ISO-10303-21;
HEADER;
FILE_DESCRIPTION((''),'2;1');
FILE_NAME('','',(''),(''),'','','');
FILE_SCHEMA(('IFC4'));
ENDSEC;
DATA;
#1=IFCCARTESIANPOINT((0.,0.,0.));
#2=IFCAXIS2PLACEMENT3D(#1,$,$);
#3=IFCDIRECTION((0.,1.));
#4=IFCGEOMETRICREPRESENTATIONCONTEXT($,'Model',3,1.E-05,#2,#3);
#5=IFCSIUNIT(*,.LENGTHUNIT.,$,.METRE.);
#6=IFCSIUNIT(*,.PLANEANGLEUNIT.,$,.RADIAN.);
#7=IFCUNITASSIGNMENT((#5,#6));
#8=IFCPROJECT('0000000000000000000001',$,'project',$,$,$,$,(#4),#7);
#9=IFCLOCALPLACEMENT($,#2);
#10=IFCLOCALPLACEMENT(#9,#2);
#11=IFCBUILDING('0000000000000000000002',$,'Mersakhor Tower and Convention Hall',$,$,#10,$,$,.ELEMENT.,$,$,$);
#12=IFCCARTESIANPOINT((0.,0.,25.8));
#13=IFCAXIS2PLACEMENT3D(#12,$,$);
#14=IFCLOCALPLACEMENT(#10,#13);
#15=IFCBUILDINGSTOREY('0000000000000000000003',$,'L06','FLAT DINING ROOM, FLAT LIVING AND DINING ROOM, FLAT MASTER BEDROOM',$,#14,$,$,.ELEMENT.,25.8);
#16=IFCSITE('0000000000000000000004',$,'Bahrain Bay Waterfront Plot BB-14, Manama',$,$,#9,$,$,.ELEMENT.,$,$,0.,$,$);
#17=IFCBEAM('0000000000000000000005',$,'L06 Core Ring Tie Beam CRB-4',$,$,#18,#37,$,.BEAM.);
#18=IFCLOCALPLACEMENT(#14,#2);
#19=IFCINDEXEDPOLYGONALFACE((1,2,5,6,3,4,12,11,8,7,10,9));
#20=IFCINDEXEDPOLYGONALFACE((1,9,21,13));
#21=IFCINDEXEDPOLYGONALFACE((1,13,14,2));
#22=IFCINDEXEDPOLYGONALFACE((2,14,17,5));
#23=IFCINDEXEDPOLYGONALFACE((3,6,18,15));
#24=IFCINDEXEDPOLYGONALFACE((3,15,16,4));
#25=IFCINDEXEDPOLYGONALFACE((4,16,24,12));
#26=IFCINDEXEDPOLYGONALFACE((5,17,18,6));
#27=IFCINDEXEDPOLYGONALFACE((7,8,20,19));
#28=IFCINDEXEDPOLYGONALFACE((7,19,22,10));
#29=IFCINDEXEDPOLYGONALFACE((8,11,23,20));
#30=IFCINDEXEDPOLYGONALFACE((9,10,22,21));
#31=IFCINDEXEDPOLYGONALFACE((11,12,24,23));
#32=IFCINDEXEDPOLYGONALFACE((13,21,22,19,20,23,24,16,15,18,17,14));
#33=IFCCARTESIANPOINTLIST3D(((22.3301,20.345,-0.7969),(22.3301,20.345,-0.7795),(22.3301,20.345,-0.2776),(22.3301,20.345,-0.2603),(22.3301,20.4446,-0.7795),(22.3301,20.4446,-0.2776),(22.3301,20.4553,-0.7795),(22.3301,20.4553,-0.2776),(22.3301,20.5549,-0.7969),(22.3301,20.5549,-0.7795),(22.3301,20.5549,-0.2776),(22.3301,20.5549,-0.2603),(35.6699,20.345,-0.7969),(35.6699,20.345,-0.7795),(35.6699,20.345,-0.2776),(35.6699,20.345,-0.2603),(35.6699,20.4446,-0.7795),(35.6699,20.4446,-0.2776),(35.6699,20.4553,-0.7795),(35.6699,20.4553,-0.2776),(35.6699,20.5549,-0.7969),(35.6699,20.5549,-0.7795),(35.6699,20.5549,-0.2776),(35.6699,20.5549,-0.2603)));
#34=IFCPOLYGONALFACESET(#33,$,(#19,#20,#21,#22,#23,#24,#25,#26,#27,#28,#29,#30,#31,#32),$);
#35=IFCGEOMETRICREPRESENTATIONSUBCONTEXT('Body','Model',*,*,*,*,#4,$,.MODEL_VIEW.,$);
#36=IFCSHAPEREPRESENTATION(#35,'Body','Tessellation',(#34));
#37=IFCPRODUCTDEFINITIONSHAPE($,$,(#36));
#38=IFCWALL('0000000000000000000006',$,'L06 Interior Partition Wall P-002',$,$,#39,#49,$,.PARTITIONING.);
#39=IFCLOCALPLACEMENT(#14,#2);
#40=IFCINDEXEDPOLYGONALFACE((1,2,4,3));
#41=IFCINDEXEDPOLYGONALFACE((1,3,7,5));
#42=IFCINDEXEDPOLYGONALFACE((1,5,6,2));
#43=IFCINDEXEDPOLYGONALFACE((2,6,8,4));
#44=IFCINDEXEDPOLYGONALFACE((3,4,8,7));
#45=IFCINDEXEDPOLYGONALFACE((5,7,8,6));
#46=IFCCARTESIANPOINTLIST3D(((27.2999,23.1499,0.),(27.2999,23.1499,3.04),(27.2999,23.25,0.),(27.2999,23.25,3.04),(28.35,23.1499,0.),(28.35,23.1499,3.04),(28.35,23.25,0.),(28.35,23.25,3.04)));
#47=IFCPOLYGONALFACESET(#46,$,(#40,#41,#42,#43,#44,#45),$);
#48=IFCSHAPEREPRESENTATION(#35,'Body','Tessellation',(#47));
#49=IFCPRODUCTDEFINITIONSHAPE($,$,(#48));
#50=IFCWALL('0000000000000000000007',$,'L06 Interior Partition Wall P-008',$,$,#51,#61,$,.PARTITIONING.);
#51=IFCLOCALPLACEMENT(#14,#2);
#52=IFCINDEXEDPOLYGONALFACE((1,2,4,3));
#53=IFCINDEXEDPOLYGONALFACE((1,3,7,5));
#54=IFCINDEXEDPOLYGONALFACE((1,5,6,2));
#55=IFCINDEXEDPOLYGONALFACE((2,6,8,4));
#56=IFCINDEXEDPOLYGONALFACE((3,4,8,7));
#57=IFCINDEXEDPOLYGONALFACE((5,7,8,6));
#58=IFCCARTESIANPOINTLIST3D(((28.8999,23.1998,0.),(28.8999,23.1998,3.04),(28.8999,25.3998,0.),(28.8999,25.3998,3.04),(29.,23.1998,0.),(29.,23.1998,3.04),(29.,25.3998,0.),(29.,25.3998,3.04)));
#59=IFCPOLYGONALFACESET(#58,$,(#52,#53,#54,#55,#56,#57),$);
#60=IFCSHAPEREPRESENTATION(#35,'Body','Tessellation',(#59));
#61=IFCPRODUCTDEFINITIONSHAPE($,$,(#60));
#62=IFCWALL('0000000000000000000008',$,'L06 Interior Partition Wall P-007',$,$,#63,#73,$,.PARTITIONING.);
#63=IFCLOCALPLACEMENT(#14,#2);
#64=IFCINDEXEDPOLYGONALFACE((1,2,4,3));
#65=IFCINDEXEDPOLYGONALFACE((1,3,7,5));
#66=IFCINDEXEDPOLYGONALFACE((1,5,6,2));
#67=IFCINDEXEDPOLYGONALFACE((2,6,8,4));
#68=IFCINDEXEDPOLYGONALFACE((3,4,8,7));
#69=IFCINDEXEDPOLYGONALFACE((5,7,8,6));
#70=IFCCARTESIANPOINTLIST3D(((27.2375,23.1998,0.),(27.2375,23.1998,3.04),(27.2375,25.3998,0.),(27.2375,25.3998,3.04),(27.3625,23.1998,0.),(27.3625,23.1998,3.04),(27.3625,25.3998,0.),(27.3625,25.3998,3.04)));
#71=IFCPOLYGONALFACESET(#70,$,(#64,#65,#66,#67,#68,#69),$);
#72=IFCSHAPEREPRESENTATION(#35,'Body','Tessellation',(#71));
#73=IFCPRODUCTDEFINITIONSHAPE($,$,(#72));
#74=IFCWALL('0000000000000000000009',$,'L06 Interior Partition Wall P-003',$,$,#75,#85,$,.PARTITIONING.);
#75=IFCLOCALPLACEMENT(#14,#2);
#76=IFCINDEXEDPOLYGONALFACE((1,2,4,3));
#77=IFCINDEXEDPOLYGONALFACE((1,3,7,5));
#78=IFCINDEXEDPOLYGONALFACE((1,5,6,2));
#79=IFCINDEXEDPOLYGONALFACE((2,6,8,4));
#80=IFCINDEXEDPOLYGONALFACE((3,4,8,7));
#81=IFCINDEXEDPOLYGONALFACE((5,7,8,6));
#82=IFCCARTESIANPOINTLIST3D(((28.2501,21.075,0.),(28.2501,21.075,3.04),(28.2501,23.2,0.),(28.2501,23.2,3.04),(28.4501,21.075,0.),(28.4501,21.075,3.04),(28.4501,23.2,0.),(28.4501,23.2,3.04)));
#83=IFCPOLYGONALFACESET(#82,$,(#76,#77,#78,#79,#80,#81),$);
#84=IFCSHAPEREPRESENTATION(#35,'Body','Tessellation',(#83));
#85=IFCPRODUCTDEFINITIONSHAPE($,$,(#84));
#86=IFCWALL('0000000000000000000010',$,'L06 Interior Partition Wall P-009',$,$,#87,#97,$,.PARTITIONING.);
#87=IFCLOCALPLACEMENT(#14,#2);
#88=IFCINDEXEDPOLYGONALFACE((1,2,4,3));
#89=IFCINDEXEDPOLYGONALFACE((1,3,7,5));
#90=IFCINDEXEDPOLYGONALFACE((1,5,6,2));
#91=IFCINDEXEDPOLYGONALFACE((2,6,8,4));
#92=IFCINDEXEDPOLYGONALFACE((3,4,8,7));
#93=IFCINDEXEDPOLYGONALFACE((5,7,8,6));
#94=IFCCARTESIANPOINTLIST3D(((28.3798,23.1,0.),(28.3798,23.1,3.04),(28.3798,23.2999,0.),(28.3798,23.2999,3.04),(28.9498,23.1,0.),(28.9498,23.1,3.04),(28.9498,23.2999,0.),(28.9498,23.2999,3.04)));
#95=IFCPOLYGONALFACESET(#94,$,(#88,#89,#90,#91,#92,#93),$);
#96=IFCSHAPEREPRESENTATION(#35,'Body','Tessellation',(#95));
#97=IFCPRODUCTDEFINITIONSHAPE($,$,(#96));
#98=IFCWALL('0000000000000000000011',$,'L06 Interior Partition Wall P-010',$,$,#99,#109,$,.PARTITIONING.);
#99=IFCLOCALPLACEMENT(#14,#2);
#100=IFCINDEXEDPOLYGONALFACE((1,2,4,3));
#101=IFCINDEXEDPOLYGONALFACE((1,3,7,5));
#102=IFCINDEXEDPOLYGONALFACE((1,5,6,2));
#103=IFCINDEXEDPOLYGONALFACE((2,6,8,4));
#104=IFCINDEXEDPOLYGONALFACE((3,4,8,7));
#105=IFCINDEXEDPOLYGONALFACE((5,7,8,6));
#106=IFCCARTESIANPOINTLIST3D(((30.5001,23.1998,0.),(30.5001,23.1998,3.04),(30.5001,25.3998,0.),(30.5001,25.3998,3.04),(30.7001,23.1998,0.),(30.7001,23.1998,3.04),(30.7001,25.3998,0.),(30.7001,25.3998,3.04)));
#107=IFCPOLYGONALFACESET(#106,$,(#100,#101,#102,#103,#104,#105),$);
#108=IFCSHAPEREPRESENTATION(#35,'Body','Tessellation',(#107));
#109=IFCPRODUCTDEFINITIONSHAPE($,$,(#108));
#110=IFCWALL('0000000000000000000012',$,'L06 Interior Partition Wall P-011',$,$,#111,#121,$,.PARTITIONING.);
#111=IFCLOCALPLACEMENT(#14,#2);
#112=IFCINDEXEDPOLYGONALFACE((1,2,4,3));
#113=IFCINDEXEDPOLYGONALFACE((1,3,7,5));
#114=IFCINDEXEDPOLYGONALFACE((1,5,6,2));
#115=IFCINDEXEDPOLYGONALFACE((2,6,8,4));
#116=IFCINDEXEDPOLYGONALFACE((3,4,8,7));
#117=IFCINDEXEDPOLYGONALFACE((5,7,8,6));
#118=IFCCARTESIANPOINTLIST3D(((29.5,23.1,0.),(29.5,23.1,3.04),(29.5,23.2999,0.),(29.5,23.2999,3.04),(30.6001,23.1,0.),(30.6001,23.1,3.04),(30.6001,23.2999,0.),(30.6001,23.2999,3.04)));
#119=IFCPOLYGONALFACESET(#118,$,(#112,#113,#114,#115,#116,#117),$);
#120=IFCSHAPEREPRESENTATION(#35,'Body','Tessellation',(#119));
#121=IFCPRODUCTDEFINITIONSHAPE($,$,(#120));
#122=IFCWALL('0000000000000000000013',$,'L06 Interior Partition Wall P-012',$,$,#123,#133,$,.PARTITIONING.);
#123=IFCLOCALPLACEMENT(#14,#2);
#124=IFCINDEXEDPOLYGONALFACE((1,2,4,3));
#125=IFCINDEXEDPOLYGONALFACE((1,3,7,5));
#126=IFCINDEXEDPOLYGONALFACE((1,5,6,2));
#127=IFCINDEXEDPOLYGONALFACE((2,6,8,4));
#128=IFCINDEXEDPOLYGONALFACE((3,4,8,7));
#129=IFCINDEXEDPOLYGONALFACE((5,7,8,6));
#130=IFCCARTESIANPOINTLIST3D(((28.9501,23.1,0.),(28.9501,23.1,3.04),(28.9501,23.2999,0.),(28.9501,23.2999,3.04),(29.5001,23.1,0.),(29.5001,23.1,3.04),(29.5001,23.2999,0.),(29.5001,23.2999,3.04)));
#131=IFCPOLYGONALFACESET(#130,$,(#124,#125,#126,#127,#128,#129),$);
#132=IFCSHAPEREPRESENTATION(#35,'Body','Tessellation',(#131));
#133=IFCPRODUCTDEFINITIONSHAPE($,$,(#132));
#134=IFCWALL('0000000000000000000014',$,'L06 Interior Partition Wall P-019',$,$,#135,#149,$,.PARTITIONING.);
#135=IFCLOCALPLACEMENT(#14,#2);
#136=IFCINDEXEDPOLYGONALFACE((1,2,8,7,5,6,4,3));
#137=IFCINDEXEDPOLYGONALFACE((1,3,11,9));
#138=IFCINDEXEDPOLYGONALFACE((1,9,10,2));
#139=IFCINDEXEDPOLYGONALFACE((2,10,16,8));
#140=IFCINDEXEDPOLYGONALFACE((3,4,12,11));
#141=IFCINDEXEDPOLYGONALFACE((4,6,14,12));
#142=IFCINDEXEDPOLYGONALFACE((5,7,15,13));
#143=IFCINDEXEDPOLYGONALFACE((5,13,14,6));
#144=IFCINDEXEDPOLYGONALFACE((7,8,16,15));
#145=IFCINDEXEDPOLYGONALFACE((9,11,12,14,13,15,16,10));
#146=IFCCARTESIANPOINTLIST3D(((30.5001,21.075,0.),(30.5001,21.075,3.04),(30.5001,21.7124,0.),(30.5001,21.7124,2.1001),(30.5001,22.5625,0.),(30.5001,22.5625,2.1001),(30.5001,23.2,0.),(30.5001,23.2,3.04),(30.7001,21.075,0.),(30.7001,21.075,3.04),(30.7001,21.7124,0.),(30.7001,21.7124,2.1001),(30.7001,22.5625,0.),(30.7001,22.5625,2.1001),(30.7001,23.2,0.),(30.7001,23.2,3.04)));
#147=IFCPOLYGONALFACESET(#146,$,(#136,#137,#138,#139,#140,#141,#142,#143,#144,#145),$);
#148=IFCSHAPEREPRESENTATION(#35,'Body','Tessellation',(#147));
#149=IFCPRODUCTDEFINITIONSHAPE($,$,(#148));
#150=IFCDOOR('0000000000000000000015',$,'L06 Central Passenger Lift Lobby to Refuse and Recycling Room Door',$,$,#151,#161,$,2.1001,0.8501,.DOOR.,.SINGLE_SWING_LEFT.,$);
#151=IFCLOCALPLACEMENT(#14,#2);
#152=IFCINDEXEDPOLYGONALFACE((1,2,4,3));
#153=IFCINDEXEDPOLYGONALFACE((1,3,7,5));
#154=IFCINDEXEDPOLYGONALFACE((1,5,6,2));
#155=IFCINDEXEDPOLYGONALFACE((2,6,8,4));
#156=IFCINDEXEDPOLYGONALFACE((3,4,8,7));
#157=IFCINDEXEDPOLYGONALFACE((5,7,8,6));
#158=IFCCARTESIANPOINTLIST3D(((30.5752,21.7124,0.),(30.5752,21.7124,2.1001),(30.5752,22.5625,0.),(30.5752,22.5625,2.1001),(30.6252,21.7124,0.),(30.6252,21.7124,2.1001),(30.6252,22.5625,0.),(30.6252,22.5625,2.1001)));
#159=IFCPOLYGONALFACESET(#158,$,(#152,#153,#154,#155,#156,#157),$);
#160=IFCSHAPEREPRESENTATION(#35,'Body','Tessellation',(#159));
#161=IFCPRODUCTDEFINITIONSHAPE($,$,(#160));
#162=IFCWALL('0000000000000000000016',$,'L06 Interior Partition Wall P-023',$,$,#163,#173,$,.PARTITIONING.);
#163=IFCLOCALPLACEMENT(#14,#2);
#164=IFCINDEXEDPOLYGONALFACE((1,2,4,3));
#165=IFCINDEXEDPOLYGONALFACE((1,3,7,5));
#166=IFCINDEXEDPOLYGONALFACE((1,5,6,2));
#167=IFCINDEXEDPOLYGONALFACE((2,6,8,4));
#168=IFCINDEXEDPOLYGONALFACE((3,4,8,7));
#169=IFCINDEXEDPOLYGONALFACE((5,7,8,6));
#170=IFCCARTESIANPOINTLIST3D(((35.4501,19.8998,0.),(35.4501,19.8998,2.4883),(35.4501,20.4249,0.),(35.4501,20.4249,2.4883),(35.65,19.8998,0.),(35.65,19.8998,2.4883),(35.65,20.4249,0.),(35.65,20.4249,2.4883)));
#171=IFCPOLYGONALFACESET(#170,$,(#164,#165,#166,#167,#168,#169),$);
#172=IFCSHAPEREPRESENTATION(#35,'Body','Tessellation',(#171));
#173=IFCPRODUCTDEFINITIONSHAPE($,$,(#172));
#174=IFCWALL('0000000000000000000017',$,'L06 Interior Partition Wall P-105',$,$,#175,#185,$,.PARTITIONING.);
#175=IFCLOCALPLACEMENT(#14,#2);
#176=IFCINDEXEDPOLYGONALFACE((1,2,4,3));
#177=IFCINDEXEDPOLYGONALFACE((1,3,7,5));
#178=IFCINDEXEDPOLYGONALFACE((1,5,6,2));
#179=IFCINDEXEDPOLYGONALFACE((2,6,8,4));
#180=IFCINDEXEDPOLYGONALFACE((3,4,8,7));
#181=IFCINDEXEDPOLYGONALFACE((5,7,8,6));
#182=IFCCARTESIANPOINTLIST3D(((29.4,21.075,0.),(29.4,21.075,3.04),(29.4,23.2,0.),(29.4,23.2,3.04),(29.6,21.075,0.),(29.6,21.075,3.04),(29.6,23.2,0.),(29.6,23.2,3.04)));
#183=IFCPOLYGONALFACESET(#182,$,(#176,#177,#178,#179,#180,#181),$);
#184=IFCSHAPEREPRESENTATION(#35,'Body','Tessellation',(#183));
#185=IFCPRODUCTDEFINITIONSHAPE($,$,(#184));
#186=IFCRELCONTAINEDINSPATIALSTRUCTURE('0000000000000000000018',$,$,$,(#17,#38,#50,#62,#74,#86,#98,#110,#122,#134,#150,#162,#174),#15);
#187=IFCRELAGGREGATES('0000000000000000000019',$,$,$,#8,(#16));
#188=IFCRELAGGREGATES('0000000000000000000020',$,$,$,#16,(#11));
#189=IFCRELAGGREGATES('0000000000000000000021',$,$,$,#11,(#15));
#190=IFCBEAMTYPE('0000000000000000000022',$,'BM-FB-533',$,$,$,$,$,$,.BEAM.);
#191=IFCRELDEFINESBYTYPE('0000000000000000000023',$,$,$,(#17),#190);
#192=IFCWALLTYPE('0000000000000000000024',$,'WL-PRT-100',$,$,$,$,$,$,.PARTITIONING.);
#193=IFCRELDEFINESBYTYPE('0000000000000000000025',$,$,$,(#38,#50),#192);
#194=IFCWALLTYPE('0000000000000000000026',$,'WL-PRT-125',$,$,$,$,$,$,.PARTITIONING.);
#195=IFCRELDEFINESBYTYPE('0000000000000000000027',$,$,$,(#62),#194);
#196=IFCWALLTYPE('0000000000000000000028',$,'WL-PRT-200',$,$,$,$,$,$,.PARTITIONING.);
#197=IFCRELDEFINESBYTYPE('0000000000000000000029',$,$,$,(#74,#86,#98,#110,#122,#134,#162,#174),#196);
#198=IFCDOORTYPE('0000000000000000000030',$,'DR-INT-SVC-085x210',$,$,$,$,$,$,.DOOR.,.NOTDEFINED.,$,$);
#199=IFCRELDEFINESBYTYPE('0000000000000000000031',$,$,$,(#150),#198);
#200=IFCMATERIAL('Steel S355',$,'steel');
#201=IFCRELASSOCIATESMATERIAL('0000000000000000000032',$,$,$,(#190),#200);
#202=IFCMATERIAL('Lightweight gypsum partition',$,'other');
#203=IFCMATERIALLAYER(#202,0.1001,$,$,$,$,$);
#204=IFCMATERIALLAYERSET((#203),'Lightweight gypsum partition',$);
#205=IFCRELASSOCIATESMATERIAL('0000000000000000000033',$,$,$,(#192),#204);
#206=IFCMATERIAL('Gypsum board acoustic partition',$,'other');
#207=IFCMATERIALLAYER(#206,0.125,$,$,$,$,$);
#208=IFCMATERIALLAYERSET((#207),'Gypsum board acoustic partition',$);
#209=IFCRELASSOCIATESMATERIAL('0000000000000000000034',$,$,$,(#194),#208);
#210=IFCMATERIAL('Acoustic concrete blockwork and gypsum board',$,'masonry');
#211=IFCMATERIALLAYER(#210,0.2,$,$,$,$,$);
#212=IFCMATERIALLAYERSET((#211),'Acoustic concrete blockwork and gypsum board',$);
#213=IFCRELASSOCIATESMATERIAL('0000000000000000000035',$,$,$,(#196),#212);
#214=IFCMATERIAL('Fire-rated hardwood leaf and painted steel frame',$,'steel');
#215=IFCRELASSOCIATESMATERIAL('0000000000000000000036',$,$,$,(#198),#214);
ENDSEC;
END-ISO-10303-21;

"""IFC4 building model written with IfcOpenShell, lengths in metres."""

from ifc_helpers import new_model, si_unit, direction, frame, frame_2d, origin, origin_2d, place, context, subcontext, project, spatial, rectangle, i_section, extrude, material, layer, layer_set, material_profile, profile_set, type_object, element, fill, save


model = new_model("IFC4")

# Units and contexts
model_context = context("Model", 3, precision=1e-05, world=origin(), true_north=direction((0.0, 1.0)))
body_context = subcontext(model_context, "Body", "Model", "MODEL_VIEW")
ifc_project = project(units=[si_unit("LENGTHUNIT", "METRE"), si_unit("PLANEANGLEUNIT", "RADIAN")], contexts=[model_context])

# Site, building, storey
site_placement = place(None, origin())
site = spatial("IfcSite", under=ifc_project, at=site_placement, Name="Bahrain Bay Waterfront Plot BB-14, Manama", CompositionType="ELEMENT", RefElevation=0.0)
building_placement = place(site_placement, origin())
building = spatial("IfcBuilding", under=site, at=building_placement, Name="Mersakhor Tower and Convention Hall", CompositionType="ELEMENT")
storey_placement = place(building_placement, frame((0.0, 0.0, 25.8)))
storey = spatial("IfcBuildingStorey", under=building, at=storey_placement, Name="L06", Description="FLAT DINING ROOM, FLAT LIVING AND DINING ROOM, FLAT MASTER BEDROOM", CompositionType="ELEMENT", Elevation=25.8)

# Beam
ifc_material_1 = material(Name="Steel S355", Category="steel")
ifc_material_profile = material_profile(ifc_material_1, i_section(OverallWidth=0.21, OverallDepth=0.5366, WebThickness=0.0107, FlangeThickness=0.0173, at=origin_2d()), Name="UB 533x210x101")
ifc_profile_set = profile_set([ifc_material_profile], Name="Steel S355")
beam_type = type_object("IfcBeamType", Name="BM-FB-533", PredefinedType="BEAM", material=ifc_profile_set)
beam_placement = place(storey_placement, frame((35.6699, 20.45, -0.5286), z_axis=(-1.0, 0.0, 0.0), x_axis=(0.0, -1.0, 0.0)))
element("IfcBeam", 1, at=beam_placement, inside=storey, type_object=beam_type, Name="L06 Core Ring Tie Beam CRB-4", PredefinedType="BEAM", context=body_context, shape_type="SweptSolid", body=[
    extrude(i_section(OverallWidth=0.21, OverallDepth=0.5366, WebThickness=0.0107, FlangeThickness=0.0173, at=origin_2d()), origin(), (0.0, 0.0, 1.0), 13.3398),
])

# Walls
ifc_material_2 = material(Name="Lightweight gypsum partition", Category="other")
ifc_layer_1 = layer(ifc_material_2, 0.1001)
ifc_layer_set_1 = layer_set([ifc_layer_1], Name="Lightweight gypsum partition")
wall_type_1 = type_object("IfcWallType", Name="WL-PRT-100", PredefinedType="PARTITIONING", material=ifc_layer_set_1)
wall_1_placement = place(storey_placement, frame((27.3, 23.2, 0.0), z_axis=(0.0, 0.0, 1.0), x_axis=(1.0, 0.0, 0.0)))
element("IfcWall", 2, at=wall_1_placement, inside=storey, type_object=wall_type_1, Name="L06 Interior Partition Wall P-002", PredefinedType="PARTITIONING", context=body_context, shape_type="SweptSolid", body=[
    extrude(rectangle(XDim=1.05, YDim=0.1001, at=frame_2d((0.5249, 0.0))), origin(), (0.0, 0.0, 1.0), 3.04),
])
wall_2_placement = place(storey_placement, frame((28.95, 25.3999, 0.0), z_axis=(0.0, 0.0, 1.0), x_axis=(0.0, -1.0, 0.0)))
element("IfcWall", 3, at=wall_2_placement, inside=storey, type_object=wall_type_1, Name="L06 Interior Partition Wall P-008", PredefinedType="PARTITIONING", context=body_context, shape_type="SweptSolid", body=[
    extrude(rectangle(XDim=2.2, YDim=0.1001, at=frame_2d((1.1001, 0.0))), origin(), (0.0, 0.0, 1.0), 3.04),
])
ifc_material_3 = material(Name="Gypsum board acoustic partition", Category="other")
ifc_layer_2 = layer(ifc_material_3, 0.125)
ifc_layer_set_2 = layer_set([ifc_layer_2], Name="Gypsum board acoustic partition")
wall_type_2 = type_object("IfcWallType", Name="WL-PRT-125", PredefinedType="PARTITIONING", material=ifc_layer_set_2)
wall_3_placement = place(storey_placement, frame((27.3, 25.3999, 0.0), z_axis=(0.0, 0.0, 1.0), x_axis=(0.0, -1.0, 0.0)))
element("IfcWall", 4, at=wall_3_placement, inside=storey, type_object=wall_type_2, Name="L06 Interior Partition Wall P-007", PredefinedType="PARTITIONING", context=body_context, shape_type="SweptSolid", body=[
    extrude(rectangle(XDim=2.2, YDim=0.125, at=frame_2d((1.1001, 0.0))), origin(), (0.0, 0.0, 1.0), 3.04),
])
ifc_material_4 = material(Name="Acoustic concrete blockwork and gypsum board", Category="masonry")
ifc_layer_3 = layer(ifc_material_4, 0.2)
ifc_layer_set_3 = layer_set([ifc_layer_3], Name="Acoustic concrete blockwork and gypsum board")
wall_type_3 = type_object("IfcWallType", Name="WL-PRT-200", PredefinedType="PARTITIONING", material=ifc_layer_set_3)
wall_4_placement = place(storey_placement, frame((28.3501, 23.2, 0.0), z_axis=(0.0, 0.0, 1.0), x_axis=(0.0, -1.0, 0.0)))
element("IfcWall", 5, at=wall_4_placement, inside=storey, type_object=wall_type_3, Name="L06 Interior Partition Wall P-003", PredefinedType="PARTITIONING", context=body_context, shape_type="SweptSolid", body=[
    extrude(rectangle(XDim=2.125, YDim=0.2, at=frame_2d((1.0625, 0.0))), origin(), (0.0, 0.0, 1.0), 3.04),
])
wall_5_placement = place(storey_placement, frame((28.95, 23.2, 0.0), z_axis=(0.0, 0.0, 1.0), x_axis=(-1.0, 0.0, 0.0)))
element("IfcWall", 6, at=wall_5_placement, inside=storey, type_object=wall_type_3, Name="L06 Interior Partition Wall P-009", PredefinedType="PARTITIONING", context=body_context, shape_type="SweptSolid", body=[
    extrude(rectangle(XDim=0.5701, YDim=0.2, at=frame_2d((0.2852, 0.0))), origin(), (0.0, 0.0, 1.0), 3.04),
])
wall_6_placement = place(storey_placement, frame((30.6001, 25.3999, 0.0), z_axis=(0.0, 0.0, 1.0), x_axis=(0.0, -1.0, 0.0)))
element("IfcWall", 7, at=wall_6_placement, inside=storey, type_object=wall_type_3, Name="L06 Interior Partition Wall P-010", PredefinedType="PARTITIONING", context=body_context, shape_type="SweptSolid", body=[
    extrude(rectangle(XDim=2.2, YDim=0.2, at=frame_2d((1.1001, 0.0))), origin(), (0.0, 0.0, 1.0), 3.04),
])
wall_7_placement = place(storey_placement, frame((30.6001, 23.2, 0.0), z_axis=(0.0, 0.0, 1.0), x_axis=(-1.0, 0.0, 0.0)))
element("IfcWall", 8, at=wall_7_placement, inside=storey, type_object=wall_type_3, Name="L06 Interior Partition Wall P-011", PredefinedType="PARTITIONING", context=body_context, shape_type="SweptSolid", body=[
    extrude(rectangle(XDim=1.1001, YDim=0.2, at=frame_2d((0.55, 0.0))), origin(), (0.0, 0.0, 1.0), 3.04),
])
wall_8_placement = place(storey_placement, frame((29.5, 23.2, 0.0), z_axis=(0.0, 0.0, 1.0), x_axis=(-1.0, 0.0, 0.0)))
element("IfcWall", 9, at=wall_8_placement, inside=storey, type_object=wall_type_3, Name="L06 Interior Partition Wall P-012", PredefinedType="PARTITIONING", context=body_context, shape_type="SweptSolid", body=[
    extrude(rectangle(XDim=0.55, YDim=0.2, at=frame_2d((0.2749, 0.0))), origin(), (0.0, 0.0, 1.0), 3.04),
])

# Wall, opening, door
wall_9_placement = place(storey_placement, frame((30.6001, 21.075, 0.0), z_axis=(0.0, 0.0, 1.0), x_axis=(0.0, 1.0, 0.0)))
wall_9 = element("IfcWall", 10, at=wall_9_placement, inside=storey, type_object=wall_type_3, Name="L06 Interior Partition Wall P-019", PredefinedType="PARTITIONING", context=body_context, shape_type="SweptSolid", body=[
    extrude(rectangle(XDim=2.125, YDim=0.2, at=frame_2d((1.0625, 0.0))), origin(), (0.0, 0.0, 1.0), 3.04),
])
opening_1_placement = place(wall_9_placement, frame((0.6375, 0.0, 0.0)))
opening_1 = element("IfcOpeningElement", 11, at=opening_1_placement, cuts=wall_9, PredefinedType="OPENING", context=body_context, shape_type="SweptSolid", body=[
    extrude(rectangle(XDim=0.8501, YDim=2.1001, at=frame_2d((0.425, 1.05))), frame((0.0, 0.1099, 0.0), z_axis=(0.0, -1.0, 0.0), x_axis=(1.0, 0.0, 0.0)), (0.0, 0.0, 1.0), 0.22),
])
ifc_material_5 = material(Name="Fire-rated hardwood leaf and painted steel frame", Category="steel")
door_type_1 = type_object("IfcDoorType", Name="DR-INT-SVC-085x210", OperationType="NOTDEFINED", PredefinedType="DOOR", material=ifc_material_5)
door_1_placement = place(opening_1_placement, origin())
door_1 = element("IfcDoor", 12, at=door_1_placement, inside=storey, type_object=door_type_1, Name="L06 Central Passenger Lift Lobby to Refuse and Recycling Room Door", OperationType="SINGLE_SWING_LEFT", OverallHeight=2.1001, OverallWidth=0.8501, PredefinedType="DOOR", context=body_context, shape_type="SweptSolid", body=[
    extrude(rectangle(XDim=0.8501, YDim=2.1001, at=frame_2d((0.425, 1.05))), frame((0.0, 0.0249, 0.0), z_axis=(0.0, -1.0, 0.0), x_axis=(1.0, 0.0, 0.0)), (0.0, 0.0, 1.0), 0.05),
])
fill(opening_1, door_1)

# Walls
wall_10_placement = place(storey_placement, frame((35.55, 20.425, 0.0), z_axis=(0.0, 0.0, 1.0), x_axis=(0.0, -1.0, 0.0)))
element("IfcWall", 13, at=wall_10_placement, inside=storey, type_object=wall_type_3, Name="L06 Interior Partition Wall P-023", PredefinedType="PARTITIONING", context=body_context, shape_type="SweptSolid", body=[
    extrude(rectangle(XDim=0.5251, YDim=0.2, at=frame_2d((0.2627, 0.0))), origin(), (0.0, 0.0, 1.0), 2.4883),
])
wall_11_placement = place(storey_placement, frame((29.5, 23.2, 0.0), z_axis=(0.0, 0.0, 1.0), x_axis=(0.0, -1.0, 0.0)))
element("IfcWall", 14, at=wall_11_placement, inside=storey, type_object=wall_type_3, Name="L06 Interior Partition Wall P-105", PredefinedType="PARTITIONING", context=body_context, shape_type="SweptSolid", body=[
    extrude(rectangle(XDim=2.125, YDim=0.2, at=frame_2d((1.0625, 0.0))), origin(), (0.0, 0.0, 1.0), 3.04),
])

save(model, "model.ifc")
